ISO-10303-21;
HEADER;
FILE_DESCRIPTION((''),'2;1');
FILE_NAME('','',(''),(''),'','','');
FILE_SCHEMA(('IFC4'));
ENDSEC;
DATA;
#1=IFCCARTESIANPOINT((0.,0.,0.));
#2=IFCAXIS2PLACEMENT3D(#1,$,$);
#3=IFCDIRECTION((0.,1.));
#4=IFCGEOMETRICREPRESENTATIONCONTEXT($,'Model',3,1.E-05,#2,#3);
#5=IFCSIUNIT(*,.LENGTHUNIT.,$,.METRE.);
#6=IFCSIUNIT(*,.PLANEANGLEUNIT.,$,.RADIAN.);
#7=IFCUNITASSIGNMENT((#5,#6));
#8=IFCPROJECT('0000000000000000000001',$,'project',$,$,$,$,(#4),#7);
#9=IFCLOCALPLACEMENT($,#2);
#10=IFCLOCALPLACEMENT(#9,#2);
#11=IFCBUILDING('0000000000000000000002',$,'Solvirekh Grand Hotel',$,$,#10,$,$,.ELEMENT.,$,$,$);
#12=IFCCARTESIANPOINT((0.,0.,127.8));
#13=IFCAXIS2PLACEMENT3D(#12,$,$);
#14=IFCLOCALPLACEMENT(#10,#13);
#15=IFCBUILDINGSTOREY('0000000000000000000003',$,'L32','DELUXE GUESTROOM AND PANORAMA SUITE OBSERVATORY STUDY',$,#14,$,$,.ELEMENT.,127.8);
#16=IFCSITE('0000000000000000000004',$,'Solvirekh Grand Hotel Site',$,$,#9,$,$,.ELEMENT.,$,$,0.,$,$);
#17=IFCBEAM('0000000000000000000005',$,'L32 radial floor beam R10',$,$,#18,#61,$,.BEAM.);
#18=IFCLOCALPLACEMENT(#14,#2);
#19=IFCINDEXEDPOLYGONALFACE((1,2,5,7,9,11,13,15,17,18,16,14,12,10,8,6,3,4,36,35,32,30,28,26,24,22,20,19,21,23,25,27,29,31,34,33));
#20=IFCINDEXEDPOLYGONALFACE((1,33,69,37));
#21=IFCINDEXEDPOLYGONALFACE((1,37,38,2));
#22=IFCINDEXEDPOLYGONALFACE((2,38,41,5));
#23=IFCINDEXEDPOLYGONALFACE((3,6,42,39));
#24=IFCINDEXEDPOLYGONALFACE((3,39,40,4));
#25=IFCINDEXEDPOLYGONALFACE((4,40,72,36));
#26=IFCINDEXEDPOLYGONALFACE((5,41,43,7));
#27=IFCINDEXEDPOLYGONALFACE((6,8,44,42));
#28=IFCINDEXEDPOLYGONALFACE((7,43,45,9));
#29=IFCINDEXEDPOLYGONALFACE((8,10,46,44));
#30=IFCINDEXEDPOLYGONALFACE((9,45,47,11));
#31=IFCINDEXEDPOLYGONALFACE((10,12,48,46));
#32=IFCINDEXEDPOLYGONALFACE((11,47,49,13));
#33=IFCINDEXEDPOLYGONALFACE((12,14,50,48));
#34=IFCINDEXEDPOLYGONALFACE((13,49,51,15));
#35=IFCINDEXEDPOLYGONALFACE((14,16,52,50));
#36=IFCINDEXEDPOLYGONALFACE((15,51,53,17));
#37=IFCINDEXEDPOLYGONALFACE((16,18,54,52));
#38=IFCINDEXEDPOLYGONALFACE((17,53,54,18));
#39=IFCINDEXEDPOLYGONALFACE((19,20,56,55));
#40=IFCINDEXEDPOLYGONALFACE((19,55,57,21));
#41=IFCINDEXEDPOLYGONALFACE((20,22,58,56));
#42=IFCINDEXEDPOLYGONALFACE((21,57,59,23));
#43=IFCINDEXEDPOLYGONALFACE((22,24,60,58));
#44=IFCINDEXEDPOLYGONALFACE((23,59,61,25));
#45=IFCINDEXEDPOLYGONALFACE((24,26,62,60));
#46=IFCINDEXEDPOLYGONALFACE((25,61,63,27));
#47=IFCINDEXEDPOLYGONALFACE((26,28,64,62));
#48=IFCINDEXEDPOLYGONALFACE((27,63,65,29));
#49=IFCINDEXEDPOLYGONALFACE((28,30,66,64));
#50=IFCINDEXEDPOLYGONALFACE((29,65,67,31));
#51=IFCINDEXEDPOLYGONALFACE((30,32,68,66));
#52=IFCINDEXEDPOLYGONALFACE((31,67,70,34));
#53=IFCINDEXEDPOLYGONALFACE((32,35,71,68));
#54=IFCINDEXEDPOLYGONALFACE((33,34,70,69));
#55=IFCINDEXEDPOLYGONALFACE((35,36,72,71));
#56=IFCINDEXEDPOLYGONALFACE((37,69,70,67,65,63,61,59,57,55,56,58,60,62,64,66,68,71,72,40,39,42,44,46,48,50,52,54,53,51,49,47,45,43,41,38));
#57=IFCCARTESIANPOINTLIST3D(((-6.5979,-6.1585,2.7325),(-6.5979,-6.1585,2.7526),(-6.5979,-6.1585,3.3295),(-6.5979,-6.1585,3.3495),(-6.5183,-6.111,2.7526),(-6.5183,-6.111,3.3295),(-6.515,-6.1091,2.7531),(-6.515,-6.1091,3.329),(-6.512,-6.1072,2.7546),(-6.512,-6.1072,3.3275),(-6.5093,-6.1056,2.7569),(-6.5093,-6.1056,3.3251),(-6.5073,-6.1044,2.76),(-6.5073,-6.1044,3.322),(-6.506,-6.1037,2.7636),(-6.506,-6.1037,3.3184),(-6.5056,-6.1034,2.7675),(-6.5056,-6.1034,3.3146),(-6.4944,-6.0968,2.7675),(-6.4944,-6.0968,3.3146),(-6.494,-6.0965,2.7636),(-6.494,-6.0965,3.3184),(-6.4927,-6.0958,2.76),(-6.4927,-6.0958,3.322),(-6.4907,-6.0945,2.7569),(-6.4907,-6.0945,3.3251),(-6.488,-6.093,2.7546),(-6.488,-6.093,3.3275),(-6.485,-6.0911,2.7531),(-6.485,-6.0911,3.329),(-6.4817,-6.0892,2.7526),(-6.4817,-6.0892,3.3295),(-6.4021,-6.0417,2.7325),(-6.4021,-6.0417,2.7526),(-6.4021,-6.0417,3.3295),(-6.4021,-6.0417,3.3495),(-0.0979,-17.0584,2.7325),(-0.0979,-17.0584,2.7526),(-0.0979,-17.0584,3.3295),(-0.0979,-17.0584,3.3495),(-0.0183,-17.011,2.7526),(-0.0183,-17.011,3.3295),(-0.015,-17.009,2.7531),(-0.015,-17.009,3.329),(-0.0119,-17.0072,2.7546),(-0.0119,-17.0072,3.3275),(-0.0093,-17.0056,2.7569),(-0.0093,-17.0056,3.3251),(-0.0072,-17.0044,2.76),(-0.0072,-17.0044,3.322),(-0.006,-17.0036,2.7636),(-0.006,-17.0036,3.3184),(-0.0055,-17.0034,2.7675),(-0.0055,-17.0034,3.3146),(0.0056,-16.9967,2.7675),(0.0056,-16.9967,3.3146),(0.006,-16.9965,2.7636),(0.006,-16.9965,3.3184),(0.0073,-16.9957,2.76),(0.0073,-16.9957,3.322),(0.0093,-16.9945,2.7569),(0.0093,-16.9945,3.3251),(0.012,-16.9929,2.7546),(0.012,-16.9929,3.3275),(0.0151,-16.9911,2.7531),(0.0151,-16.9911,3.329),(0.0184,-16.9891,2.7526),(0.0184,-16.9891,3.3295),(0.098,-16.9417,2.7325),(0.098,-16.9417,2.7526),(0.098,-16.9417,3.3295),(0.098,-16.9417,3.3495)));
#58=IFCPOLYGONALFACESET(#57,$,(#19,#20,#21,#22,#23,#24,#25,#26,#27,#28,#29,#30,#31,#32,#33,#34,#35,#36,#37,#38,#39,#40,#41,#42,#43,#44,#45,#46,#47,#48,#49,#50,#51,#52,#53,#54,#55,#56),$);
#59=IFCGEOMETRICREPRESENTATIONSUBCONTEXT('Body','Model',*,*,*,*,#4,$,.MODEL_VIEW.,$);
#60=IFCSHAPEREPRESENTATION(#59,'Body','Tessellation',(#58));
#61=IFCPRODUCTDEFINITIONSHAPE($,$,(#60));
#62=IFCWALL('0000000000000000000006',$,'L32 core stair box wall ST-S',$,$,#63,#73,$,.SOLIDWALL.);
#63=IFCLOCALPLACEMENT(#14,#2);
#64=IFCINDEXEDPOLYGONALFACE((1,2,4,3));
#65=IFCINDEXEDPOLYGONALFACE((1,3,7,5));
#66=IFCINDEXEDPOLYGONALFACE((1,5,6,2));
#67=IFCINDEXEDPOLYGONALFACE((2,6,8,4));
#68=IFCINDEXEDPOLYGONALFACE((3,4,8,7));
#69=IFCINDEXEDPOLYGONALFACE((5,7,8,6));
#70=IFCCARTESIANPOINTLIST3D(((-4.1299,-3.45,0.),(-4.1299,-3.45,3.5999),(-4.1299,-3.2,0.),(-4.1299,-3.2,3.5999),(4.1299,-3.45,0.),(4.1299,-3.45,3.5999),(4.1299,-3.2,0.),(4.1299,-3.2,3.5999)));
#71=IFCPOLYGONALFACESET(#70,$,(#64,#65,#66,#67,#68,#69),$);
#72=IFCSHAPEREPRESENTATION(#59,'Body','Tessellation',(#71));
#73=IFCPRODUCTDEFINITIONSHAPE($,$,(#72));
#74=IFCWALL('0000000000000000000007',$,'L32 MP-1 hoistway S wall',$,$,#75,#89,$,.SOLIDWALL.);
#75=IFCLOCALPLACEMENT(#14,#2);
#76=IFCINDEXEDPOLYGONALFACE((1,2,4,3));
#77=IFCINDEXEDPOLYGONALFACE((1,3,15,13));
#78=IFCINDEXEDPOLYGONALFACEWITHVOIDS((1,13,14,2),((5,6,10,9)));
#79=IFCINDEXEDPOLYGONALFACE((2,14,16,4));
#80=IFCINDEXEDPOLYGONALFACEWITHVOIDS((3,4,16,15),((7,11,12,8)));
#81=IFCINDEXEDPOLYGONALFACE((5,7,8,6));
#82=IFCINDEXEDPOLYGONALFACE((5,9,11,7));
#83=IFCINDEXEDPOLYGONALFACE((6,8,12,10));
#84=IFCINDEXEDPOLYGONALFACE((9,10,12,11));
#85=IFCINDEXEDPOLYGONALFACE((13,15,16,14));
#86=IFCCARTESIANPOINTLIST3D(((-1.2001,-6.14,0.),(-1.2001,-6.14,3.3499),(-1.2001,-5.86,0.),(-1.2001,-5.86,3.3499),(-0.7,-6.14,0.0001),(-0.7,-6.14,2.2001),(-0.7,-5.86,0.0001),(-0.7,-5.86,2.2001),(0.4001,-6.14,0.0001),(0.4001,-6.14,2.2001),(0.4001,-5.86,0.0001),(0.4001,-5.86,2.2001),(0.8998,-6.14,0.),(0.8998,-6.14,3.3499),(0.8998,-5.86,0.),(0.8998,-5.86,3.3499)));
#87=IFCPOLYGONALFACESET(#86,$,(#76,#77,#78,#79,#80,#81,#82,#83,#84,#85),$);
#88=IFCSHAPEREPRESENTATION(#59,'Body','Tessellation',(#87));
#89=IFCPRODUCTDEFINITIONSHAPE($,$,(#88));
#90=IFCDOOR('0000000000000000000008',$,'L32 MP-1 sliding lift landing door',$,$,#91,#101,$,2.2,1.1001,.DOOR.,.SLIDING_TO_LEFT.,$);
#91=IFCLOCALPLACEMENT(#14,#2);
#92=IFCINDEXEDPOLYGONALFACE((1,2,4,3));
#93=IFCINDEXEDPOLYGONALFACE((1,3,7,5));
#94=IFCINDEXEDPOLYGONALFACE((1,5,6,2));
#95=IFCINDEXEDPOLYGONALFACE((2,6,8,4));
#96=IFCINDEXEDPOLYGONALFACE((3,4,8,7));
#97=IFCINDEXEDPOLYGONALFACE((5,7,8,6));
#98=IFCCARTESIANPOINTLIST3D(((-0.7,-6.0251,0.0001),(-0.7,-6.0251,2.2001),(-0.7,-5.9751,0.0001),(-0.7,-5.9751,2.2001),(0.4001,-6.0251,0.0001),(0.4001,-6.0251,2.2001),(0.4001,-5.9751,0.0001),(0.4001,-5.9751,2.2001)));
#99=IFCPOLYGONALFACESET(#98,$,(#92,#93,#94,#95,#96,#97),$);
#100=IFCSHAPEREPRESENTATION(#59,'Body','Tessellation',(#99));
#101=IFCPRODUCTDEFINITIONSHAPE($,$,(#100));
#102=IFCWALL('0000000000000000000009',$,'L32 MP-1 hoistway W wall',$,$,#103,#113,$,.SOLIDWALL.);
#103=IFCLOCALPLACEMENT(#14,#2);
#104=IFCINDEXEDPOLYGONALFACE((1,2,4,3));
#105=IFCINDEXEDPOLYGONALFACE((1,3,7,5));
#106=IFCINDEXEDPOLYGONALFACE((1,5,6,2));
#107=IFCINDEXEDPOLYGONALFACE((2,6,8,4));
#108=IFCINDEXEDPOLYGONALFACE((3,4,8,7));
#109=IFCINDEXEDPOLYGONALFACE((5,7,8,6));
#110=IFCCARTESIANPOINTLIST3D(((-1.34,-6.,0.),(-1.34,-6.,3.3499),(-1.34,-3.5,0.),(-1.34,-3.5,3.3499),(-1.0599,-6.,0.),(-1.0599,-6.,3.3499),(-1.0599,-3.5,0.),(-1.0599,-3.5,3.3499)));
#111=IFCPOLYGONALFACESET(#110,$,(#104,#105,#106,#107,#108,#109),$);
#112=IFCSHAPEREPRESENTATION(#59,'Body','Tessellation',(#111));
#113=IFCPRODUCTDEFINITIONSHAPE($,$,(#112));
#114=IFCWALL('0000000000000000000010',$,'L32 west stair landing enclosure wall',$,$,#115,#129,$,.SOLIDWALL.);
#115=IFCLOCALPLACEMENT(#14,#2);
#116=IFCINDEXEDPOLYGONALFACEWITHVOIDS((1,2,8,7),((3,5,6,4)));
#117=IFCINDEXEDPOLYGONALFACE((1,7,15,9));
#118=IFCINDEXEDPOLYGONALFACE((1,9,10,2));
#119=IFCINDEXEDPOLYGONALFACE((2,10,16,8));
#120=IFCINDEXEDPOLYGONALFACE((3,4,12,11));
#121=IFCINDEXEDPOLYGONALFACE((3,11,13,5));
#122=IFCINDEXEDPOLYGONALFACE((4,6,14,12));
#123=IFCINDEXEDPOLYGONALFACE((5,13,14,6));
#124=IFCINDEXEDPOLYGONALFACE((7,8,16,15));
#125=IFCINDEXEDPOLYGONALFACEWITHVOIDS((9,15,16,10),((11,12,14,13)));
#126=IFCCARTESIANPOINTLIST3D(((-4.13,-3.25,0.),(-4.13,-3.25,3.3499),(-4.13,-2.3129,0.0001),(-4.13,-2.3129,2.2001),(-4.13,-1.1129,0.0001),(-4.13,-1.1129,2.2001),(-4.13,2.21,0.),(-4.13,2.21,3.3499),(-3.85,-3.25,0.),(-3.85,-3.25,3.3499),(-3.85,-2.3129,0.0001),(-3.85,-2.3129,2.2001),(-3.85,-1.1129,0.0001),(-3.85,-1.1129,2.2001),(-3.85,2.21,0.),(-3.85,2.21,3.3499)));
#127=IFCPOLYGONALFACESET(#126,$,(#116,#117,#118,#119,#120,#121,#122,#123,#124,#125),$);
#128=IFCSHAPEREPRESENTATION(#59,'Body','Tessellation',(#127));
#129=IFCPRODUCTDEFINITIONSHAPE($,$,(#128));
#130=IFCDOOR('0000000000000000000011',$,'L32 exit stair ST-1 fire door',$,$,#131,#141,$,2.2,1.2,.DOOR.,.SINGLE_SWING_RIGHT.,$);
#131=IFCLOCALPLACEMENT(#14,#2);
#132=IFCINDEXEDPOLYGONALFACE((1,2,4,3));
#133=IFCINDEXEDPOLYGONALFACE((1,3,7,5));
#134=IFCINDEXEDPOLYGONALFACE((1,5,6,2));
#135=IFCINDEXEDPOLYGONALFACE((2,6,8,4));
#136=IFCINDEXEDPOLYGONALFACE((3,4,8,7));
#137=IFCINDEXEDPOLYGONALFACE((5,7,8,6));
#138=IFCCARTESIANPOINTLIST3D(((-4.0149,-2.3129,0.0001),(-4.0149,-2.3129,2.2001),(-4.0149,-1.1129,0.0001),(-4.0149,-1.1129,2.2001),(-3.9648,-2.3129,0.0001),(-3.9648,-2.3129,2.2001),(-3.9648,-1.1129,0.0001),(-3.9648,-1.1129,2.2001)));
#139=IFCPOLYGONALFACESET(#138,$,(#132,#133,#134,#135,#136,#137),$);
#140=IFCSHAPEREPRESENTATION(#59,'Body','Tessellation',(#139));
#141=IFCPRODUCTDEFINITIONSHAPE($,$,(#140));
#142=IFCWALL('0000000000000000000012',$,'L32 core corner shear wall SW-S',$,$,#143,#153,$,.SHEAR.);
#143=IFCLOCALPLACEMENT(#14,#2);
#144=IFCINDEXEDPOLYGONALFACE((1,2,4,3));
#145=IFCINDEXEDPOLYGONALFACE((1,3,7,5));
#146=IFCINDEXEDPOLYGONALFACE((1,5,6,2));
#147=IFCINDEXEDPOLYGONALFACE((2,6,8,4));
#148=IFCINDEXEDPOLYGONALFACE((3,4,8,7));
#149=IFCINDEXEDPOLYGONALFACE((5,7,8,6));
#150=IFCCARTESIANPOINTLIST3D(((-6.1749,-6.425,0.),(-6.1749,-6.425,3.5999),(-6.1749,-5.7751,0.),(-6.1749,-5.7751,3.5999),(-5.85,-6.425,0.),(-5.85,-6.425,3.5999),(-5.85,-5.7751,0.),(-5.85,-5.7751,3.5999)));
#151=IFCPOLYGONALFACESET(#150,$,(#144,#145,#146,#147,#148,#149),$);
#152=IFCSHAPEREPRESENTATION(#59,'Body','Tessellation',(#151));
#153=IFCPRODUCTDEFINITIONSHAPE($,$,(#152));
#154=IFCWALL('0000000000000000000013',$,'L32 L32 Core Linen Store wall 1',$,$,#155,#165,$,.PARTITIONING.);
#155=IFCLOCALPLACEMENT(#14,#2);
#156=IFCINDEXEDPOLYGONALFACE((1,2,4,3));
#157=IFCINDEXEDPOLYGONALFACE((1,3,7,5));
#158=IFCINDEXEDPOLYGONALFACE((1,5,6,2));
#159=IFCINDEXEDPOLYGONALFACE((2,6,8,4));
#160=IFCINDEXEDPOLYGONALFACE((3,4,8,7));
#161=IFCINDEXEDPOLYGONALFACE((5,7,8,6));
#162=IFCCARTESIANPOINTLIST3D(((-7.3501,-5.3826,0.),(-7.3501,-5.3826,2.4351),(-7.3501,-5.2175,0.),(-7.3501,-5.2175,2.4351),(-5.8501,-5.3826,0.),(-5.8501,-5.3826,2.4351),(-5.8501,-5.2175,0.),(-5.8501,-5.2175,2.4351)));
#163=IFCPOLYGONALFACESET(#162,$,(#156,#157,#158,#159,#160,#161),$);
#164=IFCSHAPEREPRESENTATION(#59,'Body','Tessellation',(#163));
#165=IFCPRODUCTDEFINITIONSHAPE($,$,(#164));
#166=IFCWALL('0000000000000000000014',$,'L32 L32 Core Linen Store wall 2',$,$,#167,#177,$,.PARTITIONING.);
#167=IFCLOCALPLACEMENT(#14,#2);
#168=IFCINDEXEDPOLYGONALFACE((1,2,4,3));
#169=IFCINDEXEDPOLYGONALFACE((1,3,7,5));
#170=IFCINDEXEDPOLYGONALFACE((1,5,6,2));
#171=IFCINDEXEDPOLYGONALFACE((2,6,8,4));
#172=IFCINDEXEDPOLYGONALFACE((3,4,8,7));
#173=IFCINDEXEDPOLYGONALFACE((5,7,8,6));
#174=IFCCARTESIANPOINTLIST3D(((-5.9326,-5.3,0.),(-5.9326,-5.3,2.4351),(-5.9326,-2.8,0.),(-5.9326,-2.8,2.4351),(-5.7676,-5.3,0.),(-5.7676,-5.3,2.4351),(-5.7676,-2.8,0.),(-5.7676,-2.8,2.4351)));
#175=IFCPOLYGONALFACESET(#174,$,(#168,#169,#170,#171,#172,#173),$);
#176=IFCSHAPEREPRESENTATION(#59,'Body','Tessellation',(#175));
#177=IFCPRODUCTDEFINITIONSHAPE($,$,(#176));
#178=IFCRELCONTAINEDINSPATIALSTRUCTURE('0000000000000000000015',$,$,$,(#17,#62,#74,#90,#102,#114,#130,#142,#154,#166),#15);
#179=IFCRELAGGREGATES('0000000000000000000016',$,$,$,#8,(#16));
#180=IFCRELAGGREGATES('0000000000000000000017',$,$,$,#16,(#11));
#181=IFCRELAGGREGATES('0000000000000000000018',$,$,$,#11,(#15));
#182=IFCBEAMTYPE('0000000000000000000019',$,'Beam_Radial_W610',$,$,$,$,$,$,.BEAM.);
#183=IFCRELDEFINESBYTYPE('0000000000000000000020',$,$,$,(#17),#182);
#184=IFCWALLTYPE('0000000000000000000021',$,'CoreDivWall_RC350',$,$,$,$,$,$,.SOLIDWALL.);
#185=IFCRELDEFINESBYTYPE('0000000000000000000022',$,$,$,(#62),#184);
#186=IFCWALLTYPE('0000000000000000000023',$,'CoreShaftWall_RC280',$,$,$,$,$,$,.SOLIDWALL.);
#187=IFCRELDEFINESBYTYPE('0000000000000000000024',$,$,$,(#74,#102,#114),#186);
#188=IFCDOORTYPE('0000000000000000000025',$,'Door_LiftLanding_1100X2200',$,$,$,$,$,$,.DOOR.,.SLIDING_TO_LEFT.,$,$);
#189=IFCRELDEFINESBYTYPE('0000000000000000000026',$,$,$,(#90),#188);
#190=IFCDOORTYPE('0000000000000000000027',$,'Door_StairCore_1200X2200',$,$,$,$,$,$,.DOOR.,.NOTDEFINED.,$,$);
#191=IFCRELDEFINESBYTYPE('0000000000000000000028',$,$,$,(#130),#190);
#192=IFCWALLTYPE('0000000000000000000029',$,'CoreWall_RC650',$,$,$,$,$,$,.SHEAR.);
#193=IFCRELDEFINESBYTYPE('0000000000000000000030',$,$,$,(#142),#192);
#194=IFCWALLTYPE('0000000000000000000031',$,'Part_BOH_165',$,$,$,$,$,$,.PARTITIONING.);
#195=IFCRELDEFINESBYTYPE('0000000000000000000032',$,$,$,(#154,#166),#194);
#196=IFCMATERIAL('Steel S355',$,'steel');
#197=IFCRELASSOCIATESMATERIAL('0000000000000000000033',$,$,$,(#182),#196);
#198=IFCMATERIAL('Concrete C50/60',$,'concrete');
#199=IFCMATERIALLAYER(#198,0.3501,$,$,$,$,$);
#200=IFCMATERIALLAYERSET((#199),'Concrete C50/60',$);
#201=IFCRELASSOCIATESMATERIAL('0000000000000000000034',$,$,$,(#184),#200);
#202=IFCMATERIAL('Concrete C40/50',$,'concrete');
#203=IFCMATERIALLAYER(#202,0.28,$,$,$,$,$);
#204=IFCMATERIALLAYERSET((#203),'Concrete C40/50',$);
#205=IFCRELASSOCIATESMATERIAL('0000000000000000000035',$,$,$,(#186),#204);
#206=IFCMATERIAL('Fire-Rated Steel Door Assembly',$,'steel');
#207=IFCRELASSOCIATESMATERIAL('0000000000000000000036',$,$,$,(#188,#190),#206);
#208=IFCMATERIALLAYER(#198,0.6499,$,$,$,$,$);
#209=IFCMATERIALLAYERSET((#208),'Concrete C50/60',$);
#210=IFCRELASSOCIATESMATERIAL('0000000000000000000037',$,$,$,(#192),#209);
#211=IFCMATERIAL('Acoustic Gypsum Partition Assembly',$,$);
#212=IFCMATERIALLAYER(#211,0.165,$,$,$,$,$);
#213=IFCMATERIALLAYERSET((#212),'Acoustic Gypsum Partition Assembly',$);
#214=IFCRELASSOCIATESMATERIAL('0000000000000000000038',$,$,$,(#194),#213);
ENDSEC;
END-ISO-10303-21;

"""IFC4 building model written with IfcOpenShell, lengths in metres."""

from ifc_helpers import new_model, si_unit, direction, frame, frame_2d, origin, origin_2d, place, context, subcontext, project, spatial, rectangle, i_section, extrude, material, layer, layer_set, material_profile, profile_set, type_object, element, fill, save


model = new_model("IFC4")

# Units and contexts
model_context = context("Model", 3, precision=1e-05, world=origin(), true_north=direction((0.0, 1.0)))
body_context = subcontext(model_context, "Body", "Model", "MODEL_VIEW")
ifc_project = project(units=[si_unit("LENGTHUNIT", "METRE"), si_unit("PLANEANGLEUNIT", "RADIAN")], contexts=[model_context])

# Site, building, storey
site_placement = place(None, origin())
site = spatial("IfcSite", under=ifc_project, at=site_placement, Name="Solvirekh Grand Hotel Site", CompositionType="ELEMENT", RefElevation=0.0)
building_placement = place(site_placement, origin())
building = spatial("IfcBuilding", under=site, at=building_placement, Name="Solvirekh Grand Hotel", CompositionType="ELEMENT")
storey_placement = place(building_placement, frame((0.0, 0.0, 127.8)))
storey = spatial("IfcBuildingStorey", under=building, at=storey_placement, Name="L32", Description="DELUXE GUESTROOM AND PANORAMA SUITE OBSERVATORY STUDY", CompositionType="ELEMENT", Elevation=127.8)

# Beam
ifc_material_1 = material(Name="Steel S355", Category="steel")
ifc_material_profile = material_profile(ifc_material_1, i_section(OverallWidth=0.228, OverallDepth=0.6169, WebThickness=0.0129, FlangeThickness=0.02, FilletRadius=0.0149, at=origin_2d()), Name="W610X140")
ifc_profile_set = profile_set([ifc_material_profile], Name="Steel S355")
beam_type = type_object("IfcBeamType", Name="Beam_Radial_W610", PredefinedType="BEAM", material=ifc_profile_set)
beam_placement = place(storey_placement, frame((-6.5, -6.1001, 3.041), z_axis=(0.51218, -0.858878, 0.0), x_axis=(0.858878, 0.51218, 0.0)))
element("IfcBeam", 1, at=beam_placement, inside=storey, type_object=beam_type, Name="L32 radial floor beam R10", PredefinedType="BEAM", context=body_context, shape_type="SweptSolid", body=[
    extrude(i_section(OverallWidth=0.228, OverallDepth=0.6169, WebThickness=0.0129, FlangeThickness=0.02, FilletRadius=0.0149, at=origin_2d()), origin(), (0.0, 0.0, 1.0), 12.6909),
])

# Wall
ifc_material_2 = material(Name="Concrete C50/60", Category="concrete")
ifc_layer_1 = layer(ifc_material_2, 0.3501)
ifc_layer_set_1 = layer_set([ifc_layer_1], Name="Concrete C50/60")
wall_type_1 = type_object("IfcWallType", Name="CoreDivWall_RC350", PredefinedType="SOLIDWALL", material=ifc_layer_set_1)
wall_1_placement = place(storey_placement, frame((-4.1299, -3.325, 0.0), z_axis=(0.0, 0.0, 1.0), x_axis=(1.0, 0.0, 0.0)))
element("IfcWall", 2, at=wall_1_placement, inside=storey, type_object=wall_type_1, Name="L32 core stair box wall ST-S", PredefinedType="SOLIDWALL", context=body_context, shape_type="SweptSolid", body=[
    extrude(rectangle(XDim=8.2598, YDim=0.25, at=frame_2d((4.1299, 0.0))), origin(), (0.0, 0.0, 1.0), 3.5999),
])

# Wall, opening, door
ifc_material_3 = material(Name="Concrete C40/50", Category="concrete")
ifc_layer_2 = layer(ifc_material_3, 0.28)
ifc_layer_set_2 = layer_set([ifc_layer_2], Name="Concrete C40/50")
wall_type_2 = type_object("IfcWallType", Name="CoreShaftWall_RC280", PredefinedType="SOLIDWALL", material=ifc_layer_set_2)
wall_2_placement = place(storey_placement, frame((-1.2, -6.0, 0.0), z_axis=(0.0, 0.0, 1.0), x_axis=(1.0, 0.0, 0.0)))
wall_2 = element("IfcWall", 3, at=wall_2_placement, inside=storey, type_object=wall_type_2, Name="L32 MP-1 hoistway S wall", PredefinedType="SOLIDWALL", context=body_context, shape_type="SweptSolid", body=[
    extrude(rectangle(XDim=2.0999, YDim=0.28, at=frame_2d((1.0498, 0.0))), origin(), (0.0, 0.0, 1.0), 3.3499),
])
opening_1_placement = place(wall_2_placement, frame((0.5, 0.0, 0.0)))
opening_1 = element("IfcOpeningElement", 4, at=opening_1_placement, cuts=wall_2, PredefinedType="OPENING", context=body_context, shape_type="SweptSolid", body=[
    extrude(rectangle(XDim=1.1001, YDim=2.2, at=frame_2d((0.55, 1.1001))), frame((0.0, 0.1499, 0.0), z_axis=(0.0, -1.0, 0.0), x_axis=(1.0, 0.0, 0.0)), (0.0, 0.0, 1.0), 0.3),
])
ifc_material_4 = material(Name="Fire-Rated Steel Door Assembly", Category="steel")
door_type_1 = type_object("IfcDoorType", Name="Door_LiftLanding_1100X2200", OperationType="SLIDING_TO_LEFT", PredefinedType="DOOR", material=ifc_material_4)
door_1_placement = place(opening_1_placement, origin())
door_1 = element("IfcDoor", 5, at=door_1_placement, inside=storey, type_object=door_type_1, Name="L32 MP-1 sliding lift landing door", OperationType="SLIDING_TO_LEFT", OverallHeight=2.2, OverallWidth=1.1001, PredefinedType="DOOR", context=body_context, shape_type="SweptSolid", body=[
    extrude(rectangle(XDim=1.1001, YDim=2.2, at=frame_2d((0.55, 1.1001))), frame((0.0, 0.0249, 0.0), z_axis=(0.0, -1.0, 0.0), x_axis=(1.0, 0.0, 0.0)), (0.0, 0.0, 1.0), 0.05),
])
fill(opening_1, door_1)

# Wall
wall_3_placement = place(storey_placement, frame((-1.2, -3.5, 0.0), z_axis=(0.0, 0.0, 1.0), x_axis=(0.0, -1.0, 0.0)))
element("IfcWall", 6, at=wall_3_placement, inside=storey, type_object=wall_type_2, Name="L32 MP-1 hoistway W wall", PredefinedType="SOLIDWALL", context=body_context, shape_type="SweptSolid", body=[
    extrude(rectangle(XDim=2.5, YDim=0.28, at=frame_2d((1.25, 0.0))), origin(), (0.0, 0.0, 1.0), 3.3499),
])

# Wall, opening, door
wall_4_placement = place(storey_placement, frame((-3.99, -3.25, 0.0), z_axis=(0.0, 0.0, 1.0), x_axis=(0.0, 1.0, 0.0)))
wall_4 = element("IfcWall", 7, at=wall_4_placement, inside=storey, type_object=wall_type_2, Name="L32 west stair landing enclosure wall", PredefinedType="SOLIDWALL", context=body_context, shape_type="SweptSolid", body=[
    extrude(rectangle(XDim=5.46, YDim=0.28, at=frame_2d((2.73, 0.0))), origin(), (0.0, 0.0, 1.0), 3.3499),
])
opening_2_placement = place(wall_4_placement, frame((0.937, 0.0, 0.0)))
opening_2 = element("IfcOpeningElement", 8, at=opening_2_placement, cuts=wall_4, PredefinedType="OPENING", context=body_context, shape_type="SweptSolid", body=[
    extrude(rectangle(XDim=1.2, YDim=2.2, at=frame_2d((0.6001, 1.1001))), frame((0.0, 0.1499, 0.0), z_axis=(0.0, -1.0, 0.0), x_axis=(1.0, 0.0, 0.0)), (0.0, 0.0, 1.0), 0.3),
])
door_type_2 = type_object("IfcDoorType", Name="Door_StairCore_1200X2200", OperationType="NOTDEFINED", PredefinedType="DOOR", material=ifc_material_4)
door_2_placement = place(opening_2_placement, origin())
door_2 = element("IfcDoor", 9, at=door_2_placement, inside=storey, type_object=door_type_2, Name="L32 exit stair ST-1 fire door", OperationType="SINGLE_SWING_RIGHT", OverallHeight=2.2, OverallWidth=1.2, PredefinedType="DOOR", context=body_context, shape_type="SweptSolid", body=[
    extrude(rectangle(XDim=1.2, YDim=2.2, at=frame_2d((0.6001, 1.1001))), frame((0.0, 0.0249, 0.0), z_axis=(0.0, -1.0, 0.0), x_axis=(1.0, 0.0, 0.0)), (0.0, 0.0, 1.0), 0.05),
])
fill(opening_2, door_2)

# Walls
ifc_layer_3 = layer(ifc_material_2, 0.6499)
ifc_layer_set_3 = layer_set([ifc_layer_3], Name="Concrete C50/60")
wall_type_3 = type_object("IfcWallType", Name="CoreWall_RC650", PredefinedType="SHEAR", material=ifc_layer_set_3)
wall_5_placement = place(storey_placement, frame((-6.175, -6.1001, 0.0), z_axis=(0.0, 0.0, 1.0), x_axis=(1.0, 0.0, 0.0)))
element("IfcWall", 10, at=wall_5_placement, inside=storey, type_object=wall_type_3, Name="L32 core corner shear wall SW-S", PredefinedType="SHEAR", context=body_context, shape_type="SweptSolid", body=[
    extrude(rectangle(XDim=0.325, YDim=0.6499, at=frame_2d((0.1626, 0.0))), origin(), (0.0, 0.0, 1.0), 3.5999),
])
ifc_material_5 = material(Name="Acoustic Gypsum Partition Assembly")
ifc_layer_4 = layer(ifc_material_5, 0.165)
ifc_layer_set_4 = layer_set([ifc_layer_4], Name="Acoustic Gypsum Partition Assembly")
wall_type_4 = type_object("IfcWallType", Name="Part_BOH_165", PredefinedType="PARTITIONING", material=ifc_layer_set_4)
wall_6_placement = place(storey_placement, frame((-7.3501, -5.3, 0.0), z_axis=(0.0, 0.0, 1.0), x_axis=(1.0, 0.0, 0.0)))
element("IfcWall", 11, at=wall_6_placement, inside=storey, type_object=wall_type_4, Name="L32 L32 Core Linen Store wall 1", PredefinedType="PARTITIONING", context=body_context, shape_type="SweptSolid", body=[
    extrude(rectangle(XDim=1.5, YDim=0.165, at=frame_2d((0.75, 0.0))), origin(), (0.0, 0.0, 1.0), 2.4351),
])
wall_7_placement = place(storey_placement, frame((-5.8501, -5.3, 0.0), z_axis=(0.0, 0.0, 1.0), x_axis=(0.0, 1.0, 0.0)))
element("IfcWall", 12, at=wall_7_placement, inside=storey, type_object=wall_type_4, Name="L32 L32 Core Linen Store wall 2", PredefinedType="PARTITIONING", context=body_context, shape_type="SweptSolid", body=[
    extrude(rectangle(XDim=2.5, YDim=0.165, at=frame_2d((1.25, 0.0))), origin(), (0.0, 0.0, 1.0), 2.4351),
])

save(model, "model.ifc")
